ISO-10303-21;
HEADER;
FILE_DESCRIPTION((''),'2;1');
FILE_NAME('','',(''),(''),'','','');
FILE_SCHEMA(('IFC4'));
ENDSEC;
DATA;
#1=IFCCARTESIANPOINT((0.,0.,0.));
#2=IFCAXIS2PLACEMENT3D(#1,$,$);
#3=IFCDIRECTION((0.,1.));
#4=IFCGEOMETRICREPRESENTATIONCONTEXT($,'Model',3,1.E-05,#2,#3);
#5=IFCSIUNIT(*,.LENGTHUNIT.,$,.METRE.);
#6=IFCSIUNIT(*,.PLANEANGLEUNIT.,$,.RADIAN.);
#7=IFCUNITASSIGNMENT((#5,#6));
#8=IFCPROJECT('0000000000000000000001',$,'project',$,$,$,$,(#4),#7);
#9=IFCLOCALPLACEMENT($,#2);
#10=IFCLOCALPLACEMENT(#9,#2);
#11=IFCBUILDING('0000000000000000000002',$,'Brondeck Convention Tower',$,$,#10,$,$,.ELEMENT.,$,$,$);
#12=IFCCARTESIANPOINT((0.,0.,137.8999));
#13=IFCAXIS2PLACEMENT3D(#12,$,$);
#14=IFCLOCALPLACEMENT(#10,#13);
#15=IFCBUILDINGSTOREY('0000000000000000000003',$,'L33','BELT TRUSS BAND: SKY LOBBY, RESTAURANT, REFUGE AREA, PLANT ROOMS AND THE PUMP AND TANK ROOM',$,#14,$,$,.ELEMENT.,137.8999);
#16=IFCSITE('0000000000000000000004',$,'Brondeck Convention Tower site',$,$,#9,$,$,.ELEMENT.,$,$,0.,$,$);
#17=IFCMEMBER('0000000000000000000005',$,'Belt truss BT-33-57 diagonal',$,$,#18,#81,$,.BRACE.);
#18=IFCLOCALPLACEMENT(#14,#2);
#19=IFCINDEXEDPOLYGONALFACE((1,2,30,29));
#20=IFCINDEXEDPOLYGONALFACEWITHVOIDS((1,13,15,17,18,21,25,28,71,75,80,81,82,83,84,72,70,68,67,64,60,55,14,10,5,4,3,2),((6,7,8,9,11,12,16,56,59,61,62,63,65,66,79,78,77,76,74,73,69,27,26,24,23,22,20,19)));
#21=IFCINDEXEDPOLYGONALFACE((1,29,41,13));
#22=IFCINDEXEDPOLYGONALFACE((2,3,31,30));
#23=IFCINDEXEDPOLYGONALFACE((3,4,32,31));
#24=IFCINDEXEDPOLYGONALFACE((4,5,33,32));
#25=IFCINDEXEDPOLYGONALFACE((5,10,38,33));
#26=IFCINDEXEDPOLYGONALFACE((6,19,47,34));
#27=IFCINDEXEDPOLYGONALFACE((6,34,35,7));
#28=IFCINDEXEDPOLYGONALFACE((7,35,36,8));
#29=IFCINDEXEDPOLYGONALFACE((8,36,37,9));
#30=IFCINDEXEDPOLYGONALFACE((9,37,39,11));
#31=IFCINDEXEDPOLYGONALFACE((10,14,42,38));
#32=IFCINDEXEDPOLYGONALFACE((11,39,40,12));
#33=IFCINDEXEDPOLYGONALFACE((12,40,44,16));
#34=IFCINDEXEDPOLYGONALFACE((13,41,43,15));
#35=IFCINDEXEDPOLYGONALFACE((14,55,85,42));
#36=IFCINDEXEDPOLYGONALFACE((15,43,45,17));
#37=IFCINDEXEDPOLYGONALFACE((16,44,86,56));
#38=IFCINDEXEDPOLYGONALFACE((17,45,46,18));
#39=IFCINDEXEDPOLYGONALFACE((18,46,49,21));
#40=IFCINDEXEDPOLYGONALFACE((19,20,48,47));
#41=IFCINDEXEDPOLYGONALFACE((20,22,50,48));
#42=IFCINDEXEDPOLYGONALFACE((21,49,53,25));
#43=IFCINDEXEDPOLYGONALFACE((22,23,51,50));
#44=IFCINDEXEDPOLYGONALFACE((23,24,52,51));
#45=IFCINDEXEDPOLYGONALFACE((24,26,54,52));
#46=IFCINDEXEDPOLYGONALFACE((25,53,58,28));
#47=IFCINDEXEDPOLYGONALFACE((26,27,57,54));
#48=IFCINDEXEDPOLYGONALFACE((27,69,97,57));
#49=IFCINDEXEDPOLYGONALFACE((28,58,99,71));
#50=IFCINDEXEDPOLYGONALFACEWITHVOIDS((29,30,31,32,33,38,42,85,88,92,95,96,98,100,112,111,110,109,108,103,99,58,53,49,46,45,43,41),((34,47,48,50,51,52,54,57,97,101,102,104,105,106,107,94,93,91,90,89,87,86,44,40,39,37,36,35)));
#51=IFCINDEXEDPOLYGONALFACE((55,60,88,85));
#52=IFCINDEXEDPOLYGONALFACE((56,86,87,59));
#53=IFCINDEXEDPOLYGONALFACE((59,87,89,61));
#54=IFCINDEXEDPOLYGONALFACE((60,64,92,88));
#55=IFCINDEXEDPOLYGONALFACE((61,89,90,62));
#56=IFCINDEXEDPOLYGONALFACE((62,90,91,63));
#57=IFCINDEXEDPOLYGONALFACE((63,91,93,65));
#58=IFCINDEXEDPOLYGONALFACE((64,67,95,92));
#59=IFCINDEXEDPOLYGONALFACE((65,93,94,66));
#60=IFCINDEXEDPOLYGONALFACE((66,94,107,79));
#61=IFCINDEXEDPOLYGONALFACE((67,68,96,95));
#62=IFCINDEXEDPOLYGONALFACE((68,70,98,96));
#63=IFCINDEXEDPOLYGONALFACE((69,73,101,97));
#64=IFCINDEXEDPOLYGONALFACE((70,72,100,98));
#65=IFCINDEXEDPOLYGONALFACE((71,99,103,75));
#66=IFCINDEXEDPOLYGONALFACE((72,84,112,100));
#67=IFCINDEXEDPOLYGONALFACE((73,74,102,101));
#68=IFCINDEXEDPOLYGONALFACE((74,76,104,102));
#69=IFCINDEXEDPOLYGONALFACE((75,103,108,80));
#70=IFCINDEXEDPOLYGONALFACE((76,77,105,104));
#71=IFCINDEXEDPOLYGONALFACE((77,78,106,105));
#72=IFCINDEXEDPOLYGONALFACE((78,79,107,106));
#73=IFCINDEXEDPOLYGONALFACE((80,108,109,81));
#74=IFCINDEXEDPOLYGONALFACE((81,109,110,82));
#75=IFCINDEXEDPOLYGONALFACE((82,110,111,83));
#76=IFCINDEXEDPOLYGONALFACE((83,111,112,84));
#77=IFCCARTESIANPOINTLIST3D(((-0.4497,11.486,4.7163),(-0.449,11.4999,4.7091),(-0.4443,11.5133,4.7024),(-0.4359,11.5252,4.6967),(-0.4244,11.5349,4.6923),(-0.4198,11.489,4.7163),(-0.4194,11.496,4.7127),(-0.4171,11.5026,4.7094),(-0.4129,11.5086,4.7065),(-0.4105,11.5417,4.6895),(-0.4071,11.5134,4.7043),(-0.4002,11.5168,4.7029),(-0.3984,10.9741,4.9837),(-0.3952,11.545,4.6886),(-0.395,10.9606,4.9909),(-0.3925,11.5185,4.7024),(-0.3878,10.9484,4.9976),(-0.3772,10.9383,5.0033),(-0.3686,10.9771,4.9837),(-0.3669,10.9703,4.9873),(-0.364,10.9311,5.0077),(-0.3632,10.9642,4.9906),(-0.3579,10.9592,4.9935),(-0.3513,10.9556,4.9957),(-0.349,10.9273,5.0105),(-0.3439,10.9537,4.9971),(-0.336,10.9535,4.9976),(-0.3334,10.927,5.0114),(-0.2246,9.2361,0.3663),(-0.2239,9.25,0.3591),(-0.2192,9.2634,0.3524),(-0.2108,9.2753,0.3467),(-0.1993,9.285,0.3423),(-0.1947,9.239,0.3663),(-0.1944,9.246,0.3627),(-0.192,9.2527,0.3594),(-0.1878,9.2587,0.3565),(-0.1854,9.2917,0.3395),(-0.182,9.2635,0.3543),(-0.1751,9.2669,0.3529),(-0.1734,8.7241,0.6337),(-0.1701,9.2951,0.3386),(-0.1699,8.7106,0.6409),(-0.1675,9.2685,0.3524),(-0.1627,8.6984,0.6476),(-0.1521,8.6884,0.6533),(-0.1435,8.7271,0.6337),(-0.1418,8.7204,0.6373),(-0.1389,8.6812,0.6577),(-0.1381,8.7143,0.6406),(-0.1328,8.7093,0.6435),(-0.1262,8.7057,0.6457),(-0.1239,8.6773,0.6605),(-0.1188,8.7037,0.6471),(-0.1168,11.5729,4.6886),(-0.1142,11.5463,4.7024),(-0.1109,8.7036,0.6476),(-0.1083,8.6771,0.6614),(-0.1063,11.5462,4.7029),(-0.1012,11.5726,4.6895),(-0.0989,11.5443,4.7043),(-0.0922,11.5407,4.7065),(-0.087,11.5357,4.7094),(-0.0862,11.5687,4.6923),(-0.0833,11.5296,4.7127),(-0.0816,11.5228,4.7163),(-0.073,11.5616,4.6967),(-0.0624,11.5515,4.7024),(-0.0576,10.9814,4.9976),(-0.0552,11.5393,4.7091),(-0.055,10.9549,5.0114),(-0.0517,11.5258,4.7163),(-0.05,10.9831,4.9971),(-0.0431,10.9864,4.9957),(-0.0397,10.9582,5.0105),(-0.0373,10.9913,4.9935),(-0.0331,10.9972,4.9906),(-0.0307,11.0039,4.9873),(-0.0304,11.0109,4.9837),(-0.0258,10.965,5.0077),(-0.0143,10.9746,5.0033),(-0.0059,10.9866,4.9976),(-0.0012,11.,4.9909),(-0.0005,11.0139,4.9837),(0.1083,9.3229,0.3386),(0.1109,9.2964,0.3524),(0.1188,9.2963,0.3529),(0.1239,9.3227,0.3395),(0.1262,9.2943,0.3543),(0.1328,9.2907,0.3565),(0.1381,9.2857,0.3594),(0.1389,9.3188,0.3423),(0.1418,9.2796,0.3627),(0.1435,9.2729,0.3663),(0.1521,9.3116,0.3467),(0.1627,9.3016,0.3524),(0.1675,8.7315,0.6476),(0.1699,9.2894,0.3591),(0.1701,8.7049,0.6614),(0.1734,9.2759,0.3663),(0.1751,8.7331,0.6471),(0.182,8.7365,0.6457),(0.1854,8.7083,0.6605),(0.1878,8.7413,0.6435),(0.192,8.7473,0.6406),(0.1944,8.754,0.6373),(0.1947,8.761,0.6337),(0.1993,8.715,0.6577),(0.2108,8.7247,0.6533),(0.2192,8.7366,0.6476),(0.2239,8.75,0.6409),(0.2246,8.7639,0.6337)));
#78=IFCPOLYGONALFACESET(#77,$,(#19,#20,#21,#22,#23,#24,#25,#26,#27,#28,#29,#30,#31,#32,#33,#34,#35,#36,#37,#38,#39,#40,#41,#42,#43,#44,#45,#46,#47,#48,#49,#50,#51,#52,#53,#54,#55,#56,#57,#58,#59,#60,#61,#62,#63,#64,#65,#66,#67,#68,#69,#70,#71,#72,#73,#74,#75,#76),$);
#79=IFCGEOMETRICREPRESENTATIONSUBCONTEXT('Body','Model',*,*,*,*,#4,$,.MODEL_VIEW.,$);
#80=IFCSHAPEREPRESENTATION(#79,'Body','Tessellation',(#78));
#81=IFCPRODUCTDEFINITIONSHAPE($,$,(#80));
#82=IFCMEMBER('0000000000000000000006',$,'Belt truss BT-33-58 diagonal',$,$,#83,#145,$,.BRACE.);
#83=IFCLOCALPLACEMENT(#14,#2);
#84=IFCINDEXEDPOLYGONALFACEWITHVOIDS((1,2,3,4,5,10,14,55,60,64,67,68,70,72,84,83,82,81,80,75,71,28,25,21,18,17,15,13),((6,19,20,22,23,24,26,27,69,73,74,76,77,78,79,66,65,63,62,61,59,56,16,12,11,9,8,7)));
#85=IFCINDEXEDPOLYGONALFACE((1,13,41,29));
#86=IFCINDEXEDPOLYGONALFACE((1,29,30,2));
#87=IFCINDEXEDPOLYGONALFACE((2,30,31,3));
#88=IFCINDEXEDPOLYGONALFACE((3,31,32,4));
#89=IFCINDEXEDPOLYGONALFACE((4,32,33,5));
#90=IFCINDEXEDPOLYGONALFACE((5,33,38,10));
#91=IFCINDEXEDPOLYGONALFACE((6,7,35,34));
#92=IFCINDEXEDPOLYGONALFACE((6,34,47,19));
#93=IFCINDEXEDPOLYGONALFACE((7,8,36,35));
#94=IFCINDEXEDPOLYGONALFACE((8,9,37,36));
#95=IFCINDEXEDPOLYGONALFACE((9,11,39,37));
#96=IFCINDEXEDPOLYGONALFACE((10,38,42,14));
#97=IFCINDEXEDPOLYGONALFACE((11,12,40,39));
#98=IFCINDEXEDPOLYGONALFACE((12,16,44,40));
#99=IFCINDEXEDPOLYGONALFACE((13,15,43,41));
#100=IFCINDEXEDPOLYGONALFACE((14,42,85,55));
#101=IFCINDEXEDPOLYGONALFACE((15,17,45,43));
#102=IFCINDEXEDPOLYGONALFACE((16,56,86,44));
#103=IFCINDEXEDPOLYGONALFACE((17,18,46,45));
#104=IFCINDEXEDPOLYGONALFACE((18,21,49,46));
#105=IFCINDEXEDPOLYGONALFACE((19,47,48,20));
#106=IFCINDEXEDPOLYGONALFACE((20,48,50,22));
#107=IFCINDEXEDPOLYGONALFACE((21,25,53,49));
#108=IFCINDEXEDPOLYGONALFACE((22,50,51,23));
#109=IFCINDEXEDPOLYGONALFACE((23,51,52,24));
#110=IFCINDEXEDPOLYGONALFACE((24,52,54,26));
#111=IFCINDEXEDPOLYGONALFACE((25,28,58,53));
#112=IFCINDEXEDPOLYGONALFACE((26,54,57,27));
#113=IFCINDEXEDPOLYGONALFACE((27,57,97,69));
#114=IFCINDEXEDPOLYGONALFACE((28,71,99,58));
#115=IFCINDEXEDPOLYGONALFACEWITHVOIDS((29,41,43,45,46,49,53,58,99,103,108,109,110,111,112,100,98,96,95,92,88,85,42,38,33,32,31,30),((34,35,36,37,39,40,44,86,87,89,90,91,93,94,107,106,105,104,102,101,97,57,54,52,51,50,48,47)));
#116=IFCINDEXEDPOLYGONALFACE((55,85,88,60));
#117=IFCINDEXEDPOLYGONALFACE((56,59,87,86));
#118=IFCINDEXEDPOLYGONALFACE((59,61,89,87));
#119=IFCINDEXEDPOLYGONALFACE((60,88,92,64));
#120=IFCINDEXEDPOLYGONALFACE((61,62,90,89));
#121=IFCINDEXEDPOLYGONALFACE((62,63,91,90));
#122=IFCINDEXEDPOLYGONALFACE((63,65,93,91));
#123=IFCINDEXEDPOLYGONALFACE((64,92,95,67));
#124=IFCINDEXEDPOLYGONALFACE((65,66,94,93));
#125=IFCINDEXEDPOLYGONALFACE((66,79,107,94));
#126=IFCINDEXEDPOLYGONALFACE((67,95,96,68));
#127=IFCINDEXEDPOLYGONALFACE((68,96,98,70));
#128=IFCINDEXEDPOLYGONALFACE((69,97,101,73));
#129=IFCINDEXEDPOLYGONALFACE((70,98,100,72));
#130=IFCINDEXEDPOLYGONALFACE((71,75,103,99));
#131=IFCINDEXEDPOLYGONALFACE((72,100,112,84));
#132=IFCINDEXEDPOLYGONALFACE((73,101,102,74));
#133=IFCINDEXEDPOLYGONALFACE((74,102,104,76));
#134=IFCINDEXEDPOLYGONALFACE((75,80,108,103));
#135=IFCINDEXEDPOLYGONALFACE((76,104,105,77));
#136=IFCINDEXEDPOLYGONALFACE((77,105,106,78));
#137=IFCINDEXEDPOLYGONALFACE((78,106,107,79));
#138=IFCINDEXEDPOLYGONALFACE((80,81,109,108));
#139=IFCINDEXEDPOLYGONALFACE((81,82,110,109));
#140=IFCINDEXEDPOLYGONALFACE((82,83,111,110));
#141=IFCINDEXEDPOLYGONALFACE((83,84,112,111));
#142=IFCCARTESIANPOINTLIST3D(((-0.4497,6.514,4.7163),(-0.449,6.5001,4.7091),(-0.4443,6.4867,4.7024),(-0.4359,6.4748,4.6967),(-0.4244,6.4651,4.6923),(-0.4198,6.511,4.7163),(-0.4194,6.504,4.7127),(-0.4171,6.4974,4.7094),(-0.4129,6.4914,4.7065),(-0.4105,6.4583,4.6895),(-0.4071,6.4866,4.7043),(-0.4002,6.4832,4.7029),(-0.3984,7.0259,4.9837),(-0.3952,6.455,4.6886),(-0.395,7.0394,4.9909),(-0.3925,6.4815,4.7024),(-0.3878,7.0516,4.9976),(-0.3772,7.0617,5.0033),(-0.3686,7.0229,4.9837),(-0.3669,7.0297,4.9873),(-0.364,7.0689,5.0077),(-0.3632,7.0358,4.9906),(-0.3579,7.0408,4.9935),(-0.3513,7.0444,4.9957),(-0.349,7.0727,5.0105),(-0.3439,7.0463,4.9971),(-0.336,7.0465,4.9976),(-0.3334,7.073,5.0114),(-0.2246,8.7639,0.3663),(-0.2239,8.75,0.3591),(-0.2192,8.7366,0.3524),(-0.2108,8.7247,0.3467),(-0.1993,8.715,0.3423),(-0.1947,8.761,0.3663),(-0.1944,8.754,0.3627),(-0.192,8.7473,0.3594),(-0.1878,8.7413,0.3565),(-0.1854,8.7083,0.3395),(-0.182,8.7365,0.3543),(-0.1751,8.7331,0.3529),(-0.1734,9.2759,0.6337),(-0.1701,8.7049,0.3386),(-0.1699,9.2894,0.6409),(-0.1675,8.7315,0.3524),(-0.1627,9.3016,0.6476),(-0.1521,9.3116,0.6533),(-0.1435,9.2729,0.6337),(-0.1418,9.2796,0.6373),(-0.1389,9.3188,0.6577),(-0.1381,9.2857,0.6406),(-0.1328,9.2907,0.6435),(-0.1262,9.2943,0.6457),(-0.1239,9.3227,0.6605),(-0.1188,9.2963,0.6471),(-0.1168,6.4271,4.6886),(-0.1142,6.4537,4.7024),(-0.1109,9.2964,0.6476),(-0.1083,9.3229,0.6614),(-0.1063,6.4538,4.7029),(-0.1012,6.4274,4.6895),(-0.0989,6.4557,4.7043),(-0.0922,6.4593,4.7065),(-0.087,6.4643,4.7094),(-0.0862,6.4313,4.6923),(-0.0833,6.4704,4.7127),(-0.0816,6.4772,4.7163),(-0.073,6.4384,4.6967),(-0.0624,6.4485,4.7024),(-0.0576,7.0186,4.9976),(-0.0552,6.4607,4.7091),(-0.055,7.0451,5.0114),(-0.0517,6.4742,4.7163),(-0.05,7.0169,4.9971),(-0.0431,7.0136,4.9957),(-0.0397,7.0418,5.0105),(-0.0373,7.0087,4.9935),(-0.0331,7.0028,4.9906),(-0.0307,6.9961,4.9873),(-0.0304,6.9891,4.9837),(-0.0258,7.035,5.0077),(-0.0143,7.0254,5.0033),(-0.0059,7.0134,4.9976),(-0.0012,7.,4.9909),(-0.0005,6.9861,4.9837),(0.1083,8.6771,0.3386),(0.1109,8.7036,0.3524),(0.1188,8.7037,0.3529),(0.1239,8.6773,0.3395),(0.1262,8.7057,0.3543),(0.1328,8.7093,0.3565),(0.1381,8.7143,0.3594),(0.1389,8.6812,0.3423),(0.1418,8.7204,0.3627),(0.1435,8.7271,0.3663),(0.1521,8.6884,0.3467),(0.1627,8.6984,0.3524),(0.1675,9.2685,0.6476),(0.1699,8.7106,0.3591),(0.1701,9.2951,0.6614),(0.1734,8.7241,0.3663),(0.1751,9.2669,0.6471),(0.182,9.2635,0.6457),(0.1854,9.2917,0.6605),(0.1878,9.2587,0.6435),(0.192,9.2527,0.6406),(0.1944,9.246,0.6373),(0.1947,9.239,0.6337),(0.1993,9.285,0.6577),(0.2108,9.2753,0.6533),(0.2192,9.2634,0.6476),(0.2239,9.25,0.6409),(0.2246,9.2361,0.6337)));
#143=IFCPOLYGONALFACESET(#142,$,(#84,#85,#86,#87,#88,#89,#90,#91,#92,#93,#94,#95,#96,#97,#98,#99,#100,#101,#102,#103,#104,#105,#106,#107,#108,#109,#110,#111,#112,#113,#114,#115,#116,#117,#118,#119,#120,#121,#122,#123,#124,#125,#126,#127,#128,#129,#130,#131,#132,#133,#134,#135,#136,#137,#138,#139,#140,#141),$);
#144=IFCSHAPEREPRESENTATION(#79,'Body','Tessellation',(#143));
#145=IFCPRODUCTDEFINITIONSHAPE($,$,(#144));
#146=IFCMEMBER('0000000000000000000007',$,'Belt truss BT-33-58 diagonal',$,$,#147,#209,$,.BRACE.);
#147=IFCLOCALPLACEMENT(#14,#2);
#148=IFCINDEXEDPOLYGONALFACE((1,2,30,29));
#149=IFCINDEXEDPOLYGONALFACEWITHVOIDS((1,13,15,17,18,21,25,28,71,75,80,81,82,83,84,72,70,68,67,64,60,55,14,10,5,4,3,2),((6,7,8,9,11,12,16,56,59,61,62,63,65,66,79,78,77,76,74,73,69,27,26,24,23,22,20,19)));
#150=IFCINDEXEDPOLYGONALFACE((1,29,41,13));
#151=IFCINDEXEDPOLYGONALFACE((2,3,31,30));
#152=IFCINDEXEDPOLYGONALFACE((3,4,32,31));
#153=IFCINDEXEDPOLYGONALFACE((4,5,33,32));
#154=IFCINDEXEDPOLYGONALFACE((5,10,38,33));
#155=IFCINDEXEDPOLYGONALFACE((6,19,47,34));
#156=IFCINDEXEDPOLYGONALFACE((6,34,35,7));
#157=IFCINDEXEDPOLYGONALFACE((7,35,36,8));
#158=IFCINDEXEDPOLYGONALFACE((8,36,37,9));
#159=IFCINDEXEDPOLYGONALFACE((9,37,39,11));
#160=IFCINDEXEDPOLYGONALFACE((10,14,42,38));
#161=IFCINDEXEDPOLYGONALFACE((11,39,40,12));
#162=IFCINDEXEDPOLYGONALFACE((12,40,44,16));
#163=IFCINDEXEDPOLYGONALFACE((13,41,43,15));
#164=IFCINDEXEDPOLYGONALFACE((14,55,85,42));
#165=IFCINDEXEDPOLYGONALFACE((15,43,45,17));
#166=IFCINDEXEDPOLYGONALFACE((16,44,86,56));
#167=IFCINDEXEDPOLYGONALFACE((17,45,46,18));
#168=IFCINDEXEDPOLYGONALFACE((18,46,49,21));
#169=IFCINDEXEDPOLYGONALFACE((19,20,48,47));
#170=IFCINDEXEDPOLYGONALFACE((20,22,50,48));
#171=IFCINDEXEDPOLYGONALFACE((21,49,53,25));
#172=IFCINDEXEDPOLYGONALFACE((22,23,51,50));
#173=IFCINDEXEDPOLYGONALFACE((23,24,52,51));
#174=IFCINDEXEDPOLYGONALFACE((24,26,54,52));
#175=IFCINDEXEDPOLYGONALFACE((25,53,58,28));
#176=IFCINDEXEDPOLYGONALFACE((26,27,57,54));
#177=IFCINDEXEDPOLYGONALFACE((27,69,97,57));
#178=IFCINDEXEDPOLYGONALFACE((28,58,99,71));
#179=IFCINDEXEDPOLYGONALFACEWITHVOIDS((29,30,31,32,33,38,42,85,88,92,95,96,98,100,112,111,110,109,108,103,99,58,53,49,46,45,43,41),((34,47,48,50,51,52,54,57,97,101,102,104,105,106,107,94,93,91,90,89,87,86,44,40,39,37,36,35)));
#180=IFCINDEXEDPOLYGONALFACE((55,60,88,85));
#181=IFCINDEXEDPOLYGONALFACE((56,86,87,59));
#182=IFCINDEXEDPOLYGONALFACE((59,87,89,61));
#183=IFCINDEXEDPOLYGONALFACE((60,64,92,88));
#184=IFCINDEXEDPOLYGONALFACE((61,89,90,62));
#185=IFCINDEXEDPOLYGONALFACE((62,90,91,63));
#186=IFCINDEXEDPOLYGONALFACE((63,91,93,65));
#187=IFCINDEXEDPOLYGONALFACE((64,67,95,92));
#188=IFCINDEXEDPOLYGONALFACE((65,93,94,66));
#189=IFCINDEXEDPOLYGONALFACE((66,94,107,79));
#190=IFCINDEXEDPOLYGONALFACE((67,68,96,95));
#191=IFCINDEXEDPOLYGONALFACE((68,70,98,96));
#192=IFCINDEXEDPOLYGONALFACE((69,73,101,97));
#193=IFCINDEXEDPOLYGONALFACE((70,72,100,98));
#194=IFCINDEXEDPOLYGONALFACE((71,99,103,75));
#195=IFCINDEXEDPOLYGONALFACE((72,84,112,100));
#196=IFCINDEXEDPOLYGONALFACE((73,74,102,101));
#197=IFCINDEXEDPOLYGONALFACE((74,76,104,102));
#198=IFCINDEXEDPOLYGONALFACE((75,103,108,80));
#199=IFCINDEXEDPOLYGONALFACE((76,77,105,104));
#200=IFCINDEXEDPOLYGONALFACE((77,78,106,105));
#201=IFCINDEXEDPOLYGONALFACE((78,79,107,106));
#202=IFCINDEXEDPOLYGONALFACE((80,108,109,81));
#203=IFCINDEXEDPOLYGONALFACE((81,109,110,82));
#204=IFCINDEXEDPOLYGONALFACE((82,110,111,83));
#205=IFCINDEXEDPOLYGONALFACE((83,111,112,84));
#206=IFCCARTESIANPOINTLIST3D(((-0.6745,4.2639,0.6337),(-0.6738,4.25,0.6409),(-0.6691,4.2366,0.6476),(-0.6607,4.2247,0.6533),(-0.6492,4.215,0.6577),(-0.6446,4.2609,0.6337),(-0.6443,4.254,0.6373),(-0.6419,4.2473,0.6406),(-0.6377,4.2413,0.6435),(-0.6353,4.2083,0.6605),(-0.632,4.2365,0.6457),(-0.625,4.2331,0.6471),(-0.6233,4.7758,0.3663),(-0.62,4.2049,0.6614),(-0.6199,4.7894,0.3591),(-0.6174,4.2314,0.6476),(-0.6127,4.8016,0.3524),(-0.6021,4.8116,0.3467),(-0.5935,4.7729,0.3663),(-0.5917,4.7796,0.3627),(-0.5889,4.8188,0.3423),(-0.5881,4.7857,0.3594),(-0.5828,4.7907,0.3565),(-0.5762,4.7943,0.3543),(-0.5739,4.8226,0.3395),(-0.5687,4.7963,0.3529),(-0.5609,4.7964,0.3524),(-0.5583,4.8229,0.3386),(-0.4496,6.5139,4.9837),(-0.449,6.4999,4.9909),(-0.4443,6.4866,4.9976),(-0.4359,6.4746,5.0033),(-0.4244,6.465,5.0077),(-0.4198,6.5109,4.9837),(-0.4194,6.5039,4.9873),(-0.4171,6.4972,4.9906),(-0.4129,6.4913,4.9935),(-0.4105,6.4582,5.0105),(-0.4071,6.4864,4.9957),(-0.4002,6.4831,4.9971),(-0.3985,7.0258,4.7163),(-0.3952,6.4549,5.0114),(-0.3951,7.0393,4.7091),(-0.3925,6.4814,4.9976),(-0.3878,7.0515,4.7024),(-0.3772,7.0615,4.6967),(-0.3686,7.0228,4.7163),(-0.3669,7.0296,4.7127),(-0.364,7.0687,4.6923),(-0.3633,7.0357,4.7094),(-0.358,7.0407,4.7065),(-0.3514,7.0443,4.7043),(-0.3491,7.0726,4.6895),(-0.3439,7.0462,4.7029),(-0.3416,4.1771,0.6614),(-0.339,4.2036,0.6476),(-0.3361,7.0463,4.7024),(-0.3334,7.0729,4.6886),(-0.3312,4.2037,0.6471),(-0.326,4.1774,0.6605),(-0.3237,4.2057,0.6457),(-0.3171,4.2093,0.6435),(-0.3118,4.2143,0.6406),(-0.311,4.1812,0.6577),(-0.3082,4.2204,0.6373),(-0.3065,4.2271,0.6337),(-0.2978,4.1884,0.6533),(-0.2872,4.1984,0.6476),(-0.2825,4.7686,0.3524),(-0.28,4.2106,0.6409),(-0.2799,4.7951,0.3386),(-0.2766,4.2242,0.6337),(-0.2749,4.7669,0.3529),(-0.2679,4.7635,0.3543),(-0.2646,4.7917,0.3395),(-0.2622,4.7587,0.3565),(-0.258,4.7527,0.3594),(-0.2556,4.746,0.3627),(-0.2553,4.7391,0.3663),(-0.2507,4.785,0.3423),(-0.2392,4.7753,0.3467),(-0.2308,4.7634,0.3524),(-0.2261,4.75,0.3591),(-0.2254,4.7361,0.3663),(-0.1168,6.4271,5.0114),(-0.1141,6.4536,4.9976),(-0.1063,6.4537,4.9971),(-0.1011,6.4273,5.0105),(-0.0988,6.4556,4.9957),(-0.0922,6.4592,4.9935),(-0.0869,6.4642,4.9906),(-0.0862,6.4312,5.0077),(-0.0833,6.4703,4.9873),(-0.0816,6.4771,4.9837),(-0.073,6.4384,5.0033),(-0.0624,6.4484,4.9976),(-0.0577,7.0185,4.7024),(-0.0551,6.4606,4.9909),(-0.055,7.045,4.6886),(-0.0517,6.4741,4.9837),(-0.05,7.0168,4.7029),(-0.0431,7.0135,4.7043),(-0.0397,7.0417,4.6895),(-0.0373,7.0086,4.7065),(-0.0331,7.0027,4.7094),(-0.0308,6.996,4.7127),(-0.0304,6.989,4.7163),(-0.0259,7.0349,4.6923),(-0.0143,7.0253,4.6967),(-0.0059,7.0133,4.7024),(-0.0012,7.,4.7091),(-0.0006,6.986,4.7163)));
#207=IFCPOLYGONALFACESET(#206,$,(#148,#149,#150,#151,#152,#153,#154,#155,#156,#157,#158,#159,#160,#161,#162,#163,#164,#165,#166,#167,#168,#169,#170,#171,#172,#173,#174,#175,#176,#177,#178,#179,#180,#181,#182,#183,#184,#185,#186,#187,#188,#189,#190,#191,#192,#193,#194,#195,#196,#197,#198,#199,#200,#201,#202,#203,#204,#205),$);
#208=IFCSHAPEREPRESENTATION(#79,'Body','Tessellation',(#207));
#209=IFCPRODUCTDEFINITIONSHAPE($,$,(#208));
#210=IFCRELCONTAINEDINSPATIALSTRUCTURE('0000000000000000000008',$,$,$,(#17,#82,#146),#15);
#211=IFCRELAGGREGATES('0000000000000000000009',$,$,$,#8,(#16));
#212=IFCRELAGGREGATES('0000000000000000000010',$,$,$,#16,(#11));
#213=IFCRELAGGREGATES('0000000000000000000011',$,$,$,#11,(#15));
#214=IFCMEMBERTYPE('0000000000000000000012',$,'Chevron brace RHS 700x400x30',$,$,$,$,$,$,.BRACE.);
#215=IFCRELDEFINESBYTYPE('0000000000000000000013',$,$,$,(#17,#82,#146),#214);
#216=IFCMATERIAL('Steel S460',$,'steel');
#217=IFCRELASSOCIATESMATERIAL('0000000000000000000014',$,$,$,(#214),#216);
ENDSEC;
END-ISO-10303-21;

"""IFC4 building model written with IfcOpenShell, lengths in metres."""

from ifc_helpers import new_model, si_unit, direction, frame, origin, origin_2d, place, context, subcontext, project, spatial, hollow_rectangle, extrude, material, material_profile, profile_set, type_object, element, save


model = new_model("IFC4")

# Units and contexts
model_context = context("Model", 3, precision=1e-05, world=origin(), true_north=direction((0.0, 1.0)))
body_context = subcontext(model_context, "Body", "Model", "MODEL_VIEW")
ifc_project = project(units=[si_unit("LENGTHUNIT", "METRE"), si_unit("PLANEANGLEUNIT", "RADIAN")], contexts=[model_context])

# Site, building, storey
site_placement = place(None, origin())
site = spatial("IfcSite", under=ifc_project, at=site_placement, Name="Brondeck Convention Tower site", CompositionType="ELEMENT", RefElevation=0.0)
building_placement = place(site_placement, origin())
building = spatial("IfcBuilding", under=site, at=building_placement, Name="Brondeck Convention Tower", CompositionType="ELEMENT")
storey_placement = place(building_placement, frame((0.0, 0.0, 137.8999)))
storey = spatial("IfcBuildingStorey", under=building, at=storey_placement, Name="L33", Description="BELT TRUSS BAND: SKY LOBBY, RESTAURANT, REFUGE AREA, PLANT ROOMS AND THE PUMP AND TANK ROOM", CompositionType="ELEMENT", Elevation=137.8999)

# Members
ifc_material_1 = material(Name="Steel S460", Category="steel")
ifc_material_profile_1 = material_profile(ifc_material_1, hollow_rectangle(XDim=0.3999, YDim=0.7, WallThickness=0.03, InnerFilletRadius=0.03, OuterFilletRadius=0.0601, at=origin_2d()), Name="RHS 700x400x30")
ifc_profile_set_1 = profile_set([ifc_material_profile_1], Name="Steel S460")
member_type_1 = type_object("IfcMemberType", Name="Chevron brace RHS 700x400x30", PredefinedType="BRACE", material=ifc_profile_set_1)
for number, where, z_axis, x_axis, name in (
    (1, (0.0, 9.0, 0.5), (-0.045913, 0.45893, 0.887285), (-0.995033, -0.099546, 0.0), "Belt truss BT-33-57 diagonal"),
    (2, (0.0, 9.0, 0.5), (-0.045913, -0.45893, 0.887285), (0.995033, -0.099546, 0.0), "Belt truss BT-33-58 diagonal"),
    (3, (-0.45, 4.5, 0.5), (0.045863, 0.458931, 0.887287), (-0.995044, 0.09944, 0.0), "Belt truss BT-33-58 diagonal"),
):
    element("IfcMember", number, at=place(storey_placement, frame(where, z_axis=z_axis, x_axis=x_axis)), inside=storey, type_object=member_type_1, Name=name, PredefinedType="BRACE", context=body_context, shape_type="SweptSolid", body=[
        extrude(hollow_rectangle(XDim=0.3999, YDim=0.7, WallThickness=0.03, InnerFilletRadius=0.03, OuterFilletRadius=0.0601, at=origin_2d()), origin(), (0.0, 0.0, 1.0), 4.9026),
    ])

save(model, "model.ifc")
